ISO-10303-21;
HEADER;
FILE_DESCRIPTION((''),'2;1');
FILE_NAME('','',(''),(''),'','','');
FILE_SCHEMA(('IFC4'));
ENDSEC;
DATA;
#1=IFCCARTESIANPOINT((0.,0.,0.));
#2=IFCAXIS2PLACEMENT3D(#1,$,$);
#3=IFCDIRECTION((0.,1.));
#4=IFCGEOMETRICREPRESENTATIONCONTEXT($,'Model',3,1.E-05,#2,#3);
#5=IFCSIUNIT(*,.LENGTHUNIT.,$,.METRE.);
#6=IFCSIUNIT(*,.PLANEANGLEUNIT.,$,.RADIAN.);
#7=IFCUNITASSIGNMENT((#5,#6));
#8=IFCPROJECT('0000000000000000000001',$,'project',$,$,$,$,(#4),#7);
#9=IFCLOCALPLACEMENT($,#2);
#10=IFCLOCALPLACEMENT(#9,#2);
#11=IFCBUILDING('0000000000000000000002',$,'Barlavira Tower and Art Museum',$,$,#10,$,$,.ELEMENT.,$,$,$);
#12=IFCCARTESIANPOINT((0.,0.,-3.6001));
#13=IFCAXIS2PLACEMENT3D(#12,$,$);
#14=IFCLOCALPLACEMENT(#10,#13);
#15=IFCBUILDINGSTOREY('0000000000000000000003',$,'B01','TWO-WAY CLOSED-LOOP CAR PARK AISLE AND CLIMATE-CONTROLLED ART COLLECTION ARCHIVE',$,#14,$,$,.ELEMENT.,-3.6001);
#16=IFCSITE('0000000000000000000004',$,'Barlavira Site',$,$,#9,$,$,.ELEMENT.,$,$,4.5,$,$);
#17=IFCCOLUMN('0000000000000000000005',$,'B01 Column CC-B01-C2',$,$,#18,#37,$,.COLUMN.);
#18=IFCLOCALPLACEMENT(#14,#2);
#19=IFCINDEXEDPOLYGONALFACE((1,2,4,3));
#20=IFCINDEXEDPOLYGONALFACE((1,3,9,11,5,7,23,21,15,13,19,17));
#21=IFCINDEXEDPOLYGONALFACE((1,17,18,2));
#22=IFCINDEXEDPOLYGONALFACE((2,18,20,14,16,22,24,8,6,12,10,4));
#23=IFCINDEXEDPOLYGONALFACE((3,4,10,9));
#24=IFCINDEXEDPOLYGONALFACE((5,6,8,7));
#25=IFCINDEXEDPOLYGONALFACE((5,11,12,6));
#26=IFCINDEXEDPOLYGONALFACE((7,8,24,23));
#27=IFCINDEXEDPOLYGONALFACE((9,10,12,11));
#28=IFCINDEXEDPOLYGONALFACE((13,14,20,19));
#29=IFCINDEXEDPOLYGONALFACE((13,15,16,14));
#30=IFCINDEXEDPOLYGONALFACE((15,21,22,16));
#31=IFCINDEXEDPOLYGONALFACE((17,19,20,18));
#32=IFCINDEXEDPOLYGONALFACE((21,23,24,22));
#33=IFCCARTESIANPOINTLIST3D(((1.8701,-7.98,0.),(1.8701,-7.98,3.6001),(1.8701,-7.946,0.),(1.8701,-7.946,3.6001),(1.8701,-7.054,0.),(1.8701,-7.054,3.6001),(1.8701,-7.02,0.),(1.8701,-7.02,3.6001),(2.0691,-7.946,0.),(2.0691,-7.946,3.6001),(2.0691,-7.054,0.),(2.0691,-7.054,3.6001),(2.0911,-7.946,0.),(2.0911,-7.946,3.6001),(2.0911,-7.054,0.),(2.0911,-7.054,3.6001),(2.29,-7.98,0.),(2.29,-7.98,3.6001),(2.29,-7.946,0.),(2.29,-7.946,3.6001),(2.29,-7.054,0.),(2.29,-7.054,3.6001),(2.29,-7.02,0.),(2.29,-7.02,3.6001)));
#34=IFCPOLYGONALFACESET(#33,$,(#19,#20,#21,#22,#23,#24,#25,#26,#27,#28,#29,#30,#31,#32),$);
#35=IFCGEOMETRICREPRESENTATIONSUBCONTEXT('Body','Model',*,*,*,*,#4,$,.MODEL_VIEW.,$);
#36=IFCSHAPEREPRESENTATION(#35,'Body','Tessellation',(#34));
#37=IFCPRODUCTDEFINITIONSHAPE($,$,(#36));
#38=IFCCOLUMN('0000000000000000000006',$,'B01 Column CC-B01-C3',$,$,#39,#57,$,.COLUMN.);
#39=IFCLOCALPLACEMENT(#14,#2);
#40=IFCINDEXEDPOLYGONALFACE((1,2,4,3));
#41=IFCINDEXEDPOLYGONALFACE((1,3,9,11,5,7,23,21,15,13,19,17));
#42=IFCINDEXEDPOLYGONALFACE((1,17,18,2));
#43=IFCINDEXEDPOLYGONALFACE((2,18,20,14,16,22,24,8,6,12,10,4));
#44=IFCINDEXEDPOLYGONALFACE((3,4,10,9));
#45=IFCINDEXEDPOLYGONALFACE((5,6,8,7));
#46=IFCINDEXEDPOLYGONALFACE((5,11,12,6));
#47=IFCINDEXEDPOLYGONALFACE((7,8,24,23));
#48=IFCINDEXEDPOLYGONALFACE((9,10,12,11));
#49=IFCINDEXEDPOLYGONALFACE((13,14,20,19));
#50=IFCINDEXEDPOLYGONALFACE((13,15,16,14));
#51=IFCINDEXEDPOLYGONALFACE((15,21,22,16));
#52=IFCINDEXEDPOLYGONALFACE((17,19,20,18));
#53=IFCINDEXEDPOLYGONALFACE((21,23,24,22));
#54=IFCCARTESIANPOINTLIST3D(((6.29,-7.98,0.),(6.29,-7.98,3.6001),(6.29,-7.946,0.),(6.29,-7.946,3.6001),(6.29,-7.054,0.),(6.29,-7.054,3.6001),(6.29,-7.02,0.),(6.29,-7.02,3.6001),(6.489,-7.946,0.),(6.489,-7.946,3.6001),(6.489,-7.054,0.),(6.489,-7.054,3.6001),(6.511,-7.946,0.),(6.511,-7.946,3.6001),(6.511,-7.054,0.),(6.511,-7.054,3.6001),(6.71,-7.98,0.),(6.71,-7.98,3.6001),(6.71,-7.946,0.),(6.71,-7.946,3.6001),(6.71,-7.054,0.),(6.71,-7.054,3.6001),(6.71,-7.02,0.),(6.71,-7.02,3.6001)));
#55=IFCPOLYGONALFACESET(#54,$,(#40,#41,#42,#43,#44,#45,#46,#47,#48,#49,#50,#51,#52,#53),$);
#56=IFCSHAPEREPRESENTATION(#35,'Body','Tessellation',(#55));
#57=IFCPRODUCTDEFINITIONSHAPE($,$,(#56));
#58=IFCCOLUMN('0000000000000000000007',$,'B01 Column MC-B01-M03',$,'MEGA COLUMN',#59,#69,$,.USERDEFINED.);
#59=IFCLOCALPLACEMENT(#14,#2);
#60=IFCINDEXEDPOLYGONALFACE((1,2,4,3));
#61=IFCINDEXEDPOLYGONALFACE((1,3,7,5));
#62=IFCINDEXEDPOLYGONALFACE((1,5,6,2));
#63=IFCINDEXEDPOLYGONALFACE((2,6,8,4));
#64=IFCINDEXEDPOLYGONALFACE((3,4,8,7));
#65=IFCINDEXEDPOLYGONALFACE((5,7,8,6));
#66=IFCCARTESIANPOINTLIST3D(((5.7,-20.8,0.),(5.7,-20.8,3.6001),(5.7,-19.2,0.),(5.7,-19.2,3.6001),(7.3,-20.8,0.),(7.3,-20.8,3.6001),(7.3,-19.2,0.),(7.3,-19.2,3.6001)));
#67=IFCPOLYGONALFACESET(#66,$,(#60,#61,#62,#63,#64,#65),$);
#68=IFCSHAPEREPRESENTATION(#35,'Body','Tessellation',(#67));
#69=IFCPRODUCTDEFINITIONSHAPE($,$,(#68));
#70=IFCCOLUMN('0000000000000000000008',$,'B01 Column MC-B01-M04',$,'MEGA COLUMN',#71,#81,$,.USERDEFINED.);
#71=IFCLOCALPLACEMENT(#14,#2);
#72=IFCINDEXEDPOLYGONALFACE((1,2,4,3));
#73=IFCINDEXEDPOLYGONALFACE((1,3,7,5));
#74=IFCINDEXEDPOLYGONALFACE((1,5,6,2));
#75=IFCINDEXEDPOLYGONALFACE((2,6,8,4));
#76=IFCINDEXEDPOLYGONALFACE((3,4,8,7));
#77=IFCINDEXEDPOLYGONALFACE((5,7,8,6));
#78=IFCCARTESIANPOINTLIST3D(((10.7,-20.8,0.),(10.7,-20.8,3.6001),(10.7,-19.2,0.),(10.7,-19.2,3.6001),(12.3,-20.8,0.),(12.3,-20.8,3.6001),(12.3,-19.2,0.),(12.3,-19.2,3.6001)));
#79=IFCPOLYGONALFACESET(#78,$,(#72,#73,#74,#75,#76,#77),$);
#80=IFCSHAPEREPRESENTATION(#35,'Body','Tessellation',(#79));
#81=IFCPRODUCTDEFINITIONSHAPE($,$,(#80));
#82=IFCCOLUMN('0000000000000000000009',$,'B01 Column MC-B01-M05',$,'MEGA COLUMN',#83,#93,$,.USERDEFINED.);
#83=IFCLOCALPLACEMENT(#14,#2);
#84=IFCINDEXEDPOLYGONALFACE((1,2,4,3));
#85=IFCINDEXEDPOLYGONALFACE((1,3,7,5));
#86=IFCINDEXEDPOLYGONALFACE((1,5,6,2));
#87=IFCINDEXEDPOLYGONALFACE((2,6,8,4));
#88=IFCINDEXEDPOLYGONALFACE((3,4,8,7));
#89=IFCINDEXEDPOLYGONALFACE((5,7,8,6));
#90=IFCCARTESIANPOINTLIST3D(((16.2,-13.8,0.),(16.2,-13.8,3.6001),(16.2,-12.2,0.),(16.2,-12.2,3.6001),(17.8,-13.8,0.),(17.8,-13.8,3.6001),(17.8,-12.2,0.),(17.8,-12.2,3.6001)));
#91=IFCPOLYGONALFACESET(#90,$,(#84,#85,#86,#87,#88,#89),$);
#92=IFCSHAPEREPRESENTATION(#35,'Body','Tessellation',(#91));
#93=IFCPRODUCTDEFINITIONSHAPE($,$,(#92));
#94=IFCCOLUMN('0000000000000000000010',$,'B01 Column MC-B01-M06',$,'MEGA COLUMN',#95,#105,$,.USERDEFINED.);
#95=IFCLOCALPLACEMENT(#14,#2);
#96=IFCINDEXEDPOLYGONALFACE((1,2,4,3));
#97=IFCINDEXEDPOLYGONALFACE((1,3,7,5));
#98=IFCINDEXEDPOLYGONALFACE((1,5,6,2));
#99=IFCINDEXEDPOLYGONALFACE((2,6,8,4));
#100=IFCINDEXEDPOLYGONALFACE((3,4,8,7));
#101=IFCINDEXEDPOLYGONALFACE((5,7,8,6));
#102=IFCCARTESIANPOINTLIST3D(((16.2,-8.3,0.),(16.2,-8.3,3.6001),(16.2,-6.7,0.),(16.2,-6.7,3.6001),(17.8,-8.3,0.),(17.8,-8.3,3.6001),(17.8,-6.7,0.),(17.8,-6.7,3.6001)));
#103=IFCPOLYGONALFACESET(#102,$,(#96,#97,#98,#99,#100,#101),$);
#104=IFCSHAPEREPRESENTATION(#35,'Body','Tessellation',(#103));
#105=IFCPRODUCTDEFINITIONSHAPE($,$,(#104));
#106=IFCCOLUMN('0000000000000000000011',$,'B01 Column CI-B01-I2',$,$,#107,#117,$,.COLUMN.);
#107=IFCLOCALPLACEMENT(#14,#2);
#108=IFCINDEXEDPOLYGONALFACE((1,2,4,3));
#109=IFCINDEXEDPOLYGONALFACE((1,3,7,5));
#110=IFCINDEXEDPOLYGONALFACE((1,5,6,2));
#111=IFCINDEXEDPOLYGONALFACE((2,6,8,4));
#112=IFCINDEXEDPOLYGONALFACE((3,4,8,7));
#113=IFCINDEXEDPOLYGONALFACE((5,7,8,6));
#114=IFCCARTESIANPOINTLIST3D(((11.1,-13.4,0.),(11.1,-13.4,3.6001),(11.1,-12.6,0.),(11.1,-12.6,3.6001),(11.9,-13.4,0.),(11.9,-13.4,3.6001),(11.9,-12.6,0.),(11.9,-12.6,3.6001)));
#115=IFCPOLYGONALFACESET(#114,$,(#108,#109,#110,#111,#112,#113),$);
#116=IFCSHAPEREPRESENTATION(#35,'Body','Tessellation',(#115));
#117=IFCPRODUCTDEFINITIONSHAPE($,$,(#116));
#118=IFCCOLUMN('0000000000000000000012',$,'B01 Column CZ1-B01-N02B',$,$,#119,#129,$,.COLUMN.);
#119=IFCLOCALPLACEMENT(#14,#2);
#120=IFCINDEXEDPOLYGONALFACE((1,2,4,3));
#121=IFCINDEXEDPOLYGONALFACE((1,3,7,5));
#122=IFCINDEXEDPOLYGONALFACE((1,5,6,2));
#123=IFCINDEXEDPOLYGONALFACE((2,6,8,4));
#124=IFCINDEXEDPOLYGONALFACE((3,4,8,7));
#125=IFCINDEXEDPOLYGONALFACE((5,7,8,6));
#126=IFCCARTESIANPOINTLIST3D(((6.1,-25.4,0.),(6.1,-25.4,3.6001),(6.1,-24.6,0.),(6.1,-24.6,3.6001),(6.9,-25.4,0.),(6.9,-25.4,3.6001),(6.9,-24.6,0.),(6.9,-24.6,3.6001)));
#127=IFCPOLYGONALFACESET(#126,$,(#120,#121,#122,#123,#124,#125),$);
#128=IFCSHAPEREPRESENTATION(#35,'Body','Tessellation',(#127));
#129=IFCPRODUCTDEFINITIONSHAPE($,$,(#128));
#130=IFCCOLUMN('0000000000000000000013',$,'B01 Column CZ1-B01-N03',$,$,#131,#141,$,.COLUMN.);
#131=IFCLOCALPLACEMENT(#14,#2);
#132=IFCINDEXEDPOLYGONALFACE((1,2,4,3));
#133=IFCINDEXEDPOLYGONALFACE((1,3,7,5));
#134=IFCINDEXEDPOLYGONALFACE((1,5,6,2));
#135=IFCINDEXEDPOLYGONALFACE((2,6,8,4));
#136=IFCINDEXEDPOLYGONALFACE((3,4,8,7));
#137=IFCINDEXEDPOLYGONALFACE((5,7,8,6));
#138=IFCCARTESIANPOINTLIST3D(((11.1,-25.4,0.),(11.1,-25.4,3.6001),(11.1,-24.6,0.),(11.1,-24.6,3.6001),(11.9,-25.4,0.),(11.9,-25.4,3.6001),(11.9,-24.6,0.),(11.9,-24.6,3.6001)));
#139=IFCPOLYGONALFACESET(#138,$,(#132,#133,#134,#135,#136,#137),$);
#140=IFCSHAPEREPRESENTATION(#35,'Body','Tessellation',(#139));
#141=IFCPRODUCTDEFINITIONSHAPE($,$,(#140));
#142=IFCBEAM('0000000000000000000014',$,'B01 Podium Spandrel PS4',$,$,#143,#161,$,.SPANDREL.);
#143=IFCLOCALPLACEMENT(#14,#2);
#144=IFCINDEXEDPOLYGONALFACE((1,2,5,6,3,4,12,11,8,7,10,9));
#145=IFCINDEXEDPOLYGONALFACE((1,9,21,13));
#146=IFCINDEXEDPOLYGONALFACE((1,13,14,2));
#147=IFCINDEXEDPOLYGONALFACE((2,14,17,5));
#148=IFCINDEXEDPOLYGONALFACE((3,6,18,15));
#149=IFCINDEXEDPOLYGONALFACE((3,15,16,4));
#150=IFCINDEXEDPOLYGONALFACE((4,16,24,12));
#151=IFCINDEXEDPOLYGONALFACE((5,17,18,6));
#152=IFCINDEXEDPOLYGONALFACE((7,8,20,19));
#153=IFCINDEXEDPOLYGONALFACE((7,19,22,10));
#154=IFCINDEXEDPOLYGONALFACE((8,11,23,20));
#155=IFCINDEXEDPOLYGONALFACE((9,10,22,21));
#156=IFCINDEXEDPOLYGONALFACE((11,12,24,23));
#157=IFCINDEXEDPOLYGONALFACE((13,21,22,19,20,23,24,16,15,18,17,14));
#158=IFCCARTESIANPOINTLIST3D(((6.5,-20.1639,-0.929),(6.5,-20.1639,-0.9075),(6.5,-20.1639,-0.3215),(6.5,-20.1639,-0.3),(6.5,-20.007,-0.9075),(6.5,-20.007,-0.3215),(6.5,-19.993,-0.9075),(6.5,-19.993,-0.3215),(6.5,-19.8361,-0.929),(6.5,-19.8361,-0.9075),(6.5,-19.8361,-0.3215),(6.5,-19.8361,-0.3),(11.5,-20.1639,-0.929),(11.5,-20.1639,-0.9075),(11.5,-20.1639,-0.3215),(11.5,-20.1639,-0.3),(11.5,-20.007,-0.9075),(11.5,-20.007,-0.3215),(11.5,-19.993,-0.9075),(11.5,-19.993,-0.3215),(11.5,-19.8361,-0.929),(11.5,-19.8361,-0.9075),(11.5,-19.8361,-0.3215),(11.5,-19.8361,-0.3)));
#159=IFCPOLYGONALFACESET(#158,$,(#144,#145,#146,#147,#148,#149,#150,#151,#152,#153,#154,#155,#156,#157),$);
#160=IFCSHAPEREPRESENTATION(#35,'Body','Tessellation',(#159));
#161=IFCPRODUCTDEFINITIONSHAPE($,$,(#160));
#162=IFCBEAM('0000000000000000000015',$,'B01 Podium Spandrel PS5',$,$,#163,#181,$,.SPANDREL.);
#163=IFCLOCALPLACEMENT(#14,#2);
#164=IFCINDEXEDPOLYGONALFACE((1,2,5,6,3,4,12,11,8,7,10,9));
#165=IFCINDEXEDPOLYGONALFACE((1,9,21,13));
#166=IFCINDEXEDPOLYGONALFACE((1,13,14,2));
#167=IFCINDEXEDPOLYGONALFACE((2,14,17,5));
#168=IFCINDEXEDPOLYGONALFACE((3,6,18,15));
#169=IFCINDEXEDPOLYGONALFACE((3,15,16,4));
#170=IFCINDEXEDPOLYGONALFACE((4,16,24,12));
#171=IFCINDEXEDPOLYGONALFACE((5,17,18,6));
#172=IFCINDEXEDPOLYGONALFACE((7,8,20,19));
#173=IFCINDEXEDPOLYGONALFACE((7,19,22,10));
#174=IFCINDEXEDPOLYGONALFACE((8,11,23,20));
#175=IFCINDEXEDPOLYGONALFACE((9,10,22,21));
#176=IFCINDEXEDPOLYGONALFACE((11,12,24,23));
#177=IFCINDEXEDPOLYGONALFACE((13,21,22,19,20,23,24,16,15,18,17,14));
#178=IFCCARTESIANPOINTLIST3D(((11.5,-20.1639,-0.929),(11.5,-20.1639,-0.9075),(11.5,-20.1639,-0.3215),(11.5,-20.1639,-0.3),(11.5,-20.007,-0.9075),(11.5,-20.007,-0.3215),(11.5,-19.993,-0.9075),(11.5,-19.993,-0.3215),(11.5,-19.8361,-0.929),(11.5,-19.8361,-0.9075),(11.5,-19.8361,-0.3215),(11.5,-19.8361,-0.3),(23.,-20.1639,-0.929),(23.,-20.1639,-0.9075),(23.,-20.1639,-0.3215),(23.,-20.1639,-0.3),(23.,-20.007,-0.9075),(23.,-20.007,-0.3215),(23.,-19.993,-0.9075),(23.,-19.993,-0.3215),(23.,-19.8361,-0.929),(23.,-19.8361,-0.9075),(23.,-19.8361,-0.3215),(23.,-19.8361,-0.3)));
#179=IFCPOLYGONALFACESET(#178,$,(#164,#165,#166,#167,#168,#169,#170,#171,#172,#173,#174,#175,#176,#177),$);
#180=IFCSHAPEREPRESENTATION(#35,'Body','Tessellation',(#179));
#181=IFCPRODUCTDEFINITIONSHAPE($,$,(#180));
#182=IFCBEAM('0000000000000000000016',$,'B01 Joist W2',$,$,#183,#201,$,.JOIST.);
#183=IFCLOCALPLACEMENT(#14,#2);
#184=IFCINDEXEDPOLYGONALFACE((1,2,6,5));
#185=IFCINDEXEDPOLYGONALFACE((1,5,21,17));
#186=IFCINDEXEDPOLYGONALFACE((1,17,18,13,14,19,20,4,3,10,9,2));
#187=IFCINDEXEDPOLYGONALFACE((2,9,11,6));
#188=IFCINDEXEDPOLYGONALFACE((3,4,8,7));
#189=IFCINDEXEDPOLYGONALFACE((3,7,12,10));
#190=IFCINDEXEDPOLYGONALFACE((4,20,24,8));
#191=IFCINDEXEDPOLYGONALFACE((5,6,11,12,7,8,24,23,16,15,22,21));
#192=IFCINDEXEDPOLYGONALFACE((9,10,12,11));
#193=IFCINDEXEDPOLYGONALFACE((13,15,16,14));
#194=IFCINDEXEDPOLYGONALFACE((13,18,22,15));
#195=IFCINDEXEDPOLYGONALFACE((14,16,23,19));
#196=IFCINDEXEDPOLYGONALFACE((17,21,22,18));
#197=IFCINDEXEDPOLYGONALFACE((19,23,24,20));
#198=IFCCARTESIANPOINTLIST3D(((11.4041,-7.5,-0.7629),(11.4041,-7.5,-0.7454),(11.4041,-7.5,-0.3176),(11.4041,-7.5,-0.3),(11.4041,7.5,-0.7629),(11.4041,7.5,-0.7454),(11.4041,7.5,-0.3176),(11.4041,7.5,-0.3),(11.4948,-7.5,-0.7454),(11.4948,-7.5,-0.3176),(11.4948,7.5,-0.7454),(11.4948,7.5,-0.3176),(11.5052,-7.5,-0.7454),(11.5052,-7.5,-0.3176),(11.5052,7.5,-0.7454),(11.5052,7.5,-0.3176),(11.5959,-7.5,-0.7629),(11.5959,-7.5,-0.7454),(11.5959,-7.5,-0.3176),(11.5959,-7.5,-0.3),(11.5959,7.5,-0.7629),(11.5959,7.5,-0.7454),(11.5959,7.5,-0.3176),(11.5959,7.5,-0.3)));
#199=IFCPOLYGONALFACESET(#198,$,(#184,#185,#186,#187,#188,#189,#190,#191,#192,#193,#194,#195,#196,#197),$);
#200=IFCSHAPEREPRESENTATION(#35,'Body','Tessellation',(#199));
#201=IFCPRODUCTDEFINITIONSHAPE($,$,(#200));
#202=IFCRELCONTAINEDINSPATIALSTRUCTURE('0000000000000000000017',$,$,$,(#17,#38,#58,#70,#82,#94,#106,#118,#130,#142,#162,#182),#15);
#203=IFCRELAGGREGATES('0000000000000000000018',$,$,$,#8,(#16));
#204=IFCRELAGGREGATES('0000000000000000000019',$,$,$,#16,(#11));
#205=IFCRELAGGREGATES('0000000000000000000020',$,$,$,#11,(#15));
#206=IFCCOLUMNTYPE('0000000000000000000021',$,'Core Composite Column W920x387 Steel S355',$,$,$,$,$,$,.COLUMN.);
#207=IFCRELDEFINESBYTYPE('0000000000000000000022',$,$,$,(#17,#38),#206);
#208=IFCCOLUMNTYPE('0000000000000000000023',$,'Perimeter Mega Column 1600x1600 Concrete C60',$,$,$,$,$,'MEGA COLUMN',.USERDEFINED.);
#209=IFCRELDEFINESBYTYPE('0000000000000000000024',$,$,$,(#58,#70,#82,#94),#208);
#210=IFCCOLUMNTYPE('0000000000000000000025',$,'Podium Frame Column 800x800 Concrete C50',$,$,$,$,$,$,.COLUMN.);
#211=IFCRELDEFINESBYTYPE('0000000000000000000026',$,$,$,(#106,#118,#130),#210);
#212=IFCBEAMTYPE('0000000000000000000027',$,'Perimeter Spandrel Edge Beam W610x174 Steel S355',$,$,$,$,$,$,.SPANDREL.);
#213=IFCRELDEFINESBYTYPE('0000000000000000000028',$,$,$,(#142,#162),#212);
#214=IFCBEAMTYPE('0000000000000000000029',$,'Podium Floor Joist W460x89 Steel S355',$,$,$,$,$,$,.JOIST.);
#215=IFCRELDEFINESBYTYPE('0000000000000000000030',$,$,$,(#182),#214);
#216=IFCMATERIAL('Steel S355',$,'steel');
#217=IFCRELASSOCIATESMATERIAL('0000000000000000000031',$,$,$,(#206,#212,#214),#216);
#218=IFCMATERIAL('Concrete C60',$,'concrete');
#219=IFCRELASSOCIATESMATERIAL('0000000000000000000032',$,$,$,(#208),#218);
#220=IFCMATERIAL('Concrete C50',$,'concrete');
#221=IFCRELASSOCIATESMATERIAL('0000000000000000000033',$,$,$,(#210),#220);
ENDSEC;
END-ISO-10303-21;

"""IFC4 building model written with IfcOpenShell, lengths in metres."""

from ifc_helpers import new_model, si_unit, direction, frame, origin, origin_2d, place, context, subcontext, project, spatial, rectangle, i_section, extrude, material, material_profile, profile_set, type_object, element, save


model = new_model("IFC4")

# Units and contexts
model_context = context("Model", 3, precision=1e-05, world=origin(), true_north=direction((0.0, 1.0)))
body_context = subcontext(model_context, "Body", "Model", "MODEL_VIEW")
ifc_project = project(units=[si_unit("LENGTHUNIT", "METRE"), si_unit("PLANEANGLEUNIT", "RADIAN")], contexts=[model_context])

# Site, building, storey
site_placement = place(None, origin())
site = spatial("IfcSite", under=ifc_project, at=site_placement, Name="Barlavira Site", CompositionType="ELEMENT", RefElevation=4.5)
building_placement = place(site_placement, origin())
building = spatial("IfcBuilding", under=site, at=building_placement, Name="Barlavira Tower and Art Museum", CompositionType="ELEMENT")
storey_placement = place(building_placement, frame((0.0, 0.0, -3.6001)))
storey = spatial("IfcBuildingStorey", under=building, at=storey_placement, Name="B01", Description="TWO-WAY CLOSED-LOOP CAR PARK AISLE AND CLIMATE-CONTROLLED ART COLLECTION ARCHIVE", CompositionType="ELEMENT", Elevation=-3.6001)

# Columns
ifc_material_1 = material(Name="Steel S355", Category="steel")
ifc_material_profile_1 = material_profile(ifc_material_1, i_section(OverallWidth=0.4199, OverallDepth=0.96, WebThickness=0.022, FlangeThickness=0.0339, at=origin_2d()), Name="W920x387.0")
ifc_profile_set_1 = profile_set([ifc_material_profile_1], Name="Steel S355")
column_type_1 = type_object("IfcColumnType", Name="Core Composite Column W920x387 Steel S355", PredefinedType="COLUMN", material=ifc_profile_set_1)
for number, where, z_axis, x_axis, name in (
    (1, (2.0801, -7.5, 0.0), (0.0, 0.0, 1.0), (1.0, 0.0, 0.0), "B01 Column CC-B01-C2"),
    (2, (6.5, -7.5, 0.0), (0.0, 0.0, 1.0), (1.0, 0.0, 0.0), "B01 Column CC-B01-C3"),
):
    element("IfcColumn", number, at=place(storey_placement, frame(where, z_axis=z_axis, x_axis=x_axis)), inside=storey, type_object=column_type_1, Name=name, PredefinedType="COLUMN", context=body_context, shape_type="SweptSolid", body=[
        extrude(i_section(OverallWidth=0.4199, OverallDepth=0.96, WebThickness=0.022, FlangeThickness=0.0339, at=origin_2d()), origin(), (0.0, 0.0, 1.0), 3.6001),
    ])
ifc_material_2 = material(Name="Concrete C60", Category="concrete")
ifc_material_profile_2 = material_profile(ifc_material_2, rectangle(XDim=1.6001, YDim=1.6001, at=origin_2d()), Name="RC-MCOL 1600x1600")
ifc_profile_set_2 = profile_set([ifc_material_profile_2], Name="Concrete C60")
column_type_2 = type_object("IfcColumnType", Name="Perimeter Mega Column 1600x1600 Concrete C60", ElementType="MEGA COLUMN", PredefinedType="USERDEFINED", material=ifc_profile_set_2)
for number, where, z_axis, x_axis, name in (
    (3, (6.5, -20.0, 0.0), (0.0, 0.0, 1.0), (1.0, 0.0, 0.0), "B01 Column MC-B01-M03"),
    (4, (11.5, -20.0, 0.0), (0.0, 0.0, 1.0), (1.0, 0.0, 0.0), "B01 Column MC-B01-M04"),
    (5, (17.0, -13.0, 0.0), (0.0, 0.0, 1.0), (1.0, 0.0, 0.0), "B01 Column MC-B01-M05"),
    (6, (17.0, -7.5, 0.0), (0.0, 0.0, 1.0), (1.0, 0.0, 0.0), "B01 Column MC-B01-M06"),
):
    element("IfcColumn", number, at=place(storey_placement, frame(where, z_axis=z_axis, x_axis=x_axis)), inside=storey, type_object=column_type_2, Name=name, ObjectType="MEGA COLUMN", PredefinedType="USERDEFINED", context=body_context, shape_type="SweptSolid", body=[
        extrude(rectangle(XDim=1.6001, YDim=1.6001, at=origin_2d()), origin(), (0.0, 0.0, 1.0), 3.6001),
    ])
ifc_material_3 = material(Name="Concrete C50", Category="concrete")
ifc_material_profile_3 = material_profile(ifc_material_3, rectangle(XDim=0.8, YDim=0.8, at=origin_2d()), Name="RC-COL 800x800")
ifc_profile_set_3 = profile_set([ifc_material_profile_3], Name="Concrete C50")
column_type_3 = type_object("IfcColumnType", Name="Podium Frame Column 800x800 Concrete C50", PredefinedType="COLUMN", material=ifc_profile_set_3)
for number, where, z_axis, x_axis, name in (
    (7, (11.5, -13.0, 0.0), (0.0, 0.0, 1.0), (1.0, 0.0, 0.0), "B01 Column CI-B01-I2"),
    (8, (6.5, -25.0, 0.0), (0.0, 0.0, 1.0), (1.0, 0.0, 0.0), "B01 Column CZ1-B01-N02B"),
    (9, (11.5, -25.0, 0.0), (0.0, 0.0, 1.0), (1.0, 0.0, 0.0), "B01 Column CZ1-B01-N03"),
):
    element("IfcColumn", number, at=place(storey_placement, frame(where, z_axis=z_axis, x_axis=x_axis)), inside=storey, type_object=column_type_3, Name=name, PredefinedType="COLUMN", context=body_context, shape_type="SweptSolid", body=[
        extrude(rectangle(XDim=0.8, YDim=0.8, at=origin_2d()), origin(), (0.0, 0.0, 1.0), 3.6001),
    ])

# Beams
ifc_material_profile_4 = material_profile(ifc_material_1, i_section(OverallWidth=0.3279, OverallDepth=0.6289, WebThickness=0.0139, FlangeThickness=0.0215, at=origin_2d()), Name="W610x174.0")
ifc_profile_set_4 = profile_set([ifc_material_profile_4], Name="Steel S355")
beam_type_1 = type_object("IfcBeamType", Name="Perimeter Spandrel Edge Beam W610x174 Steel S355", PredefinedType="SPANDREL", material=ifc_profile_set_4)
beam_1_placement = place(storey_placement, frame((6.5, -20.0, -0.6145), z_axis=(1.0, 0.0, 0.0), x_axis=(0.0, 1.0, 0.0)))
element("IfcBeam", 10, at=beam_1_placement, inside=storey, type_object=beam_type_1, Name="B01 Podium Spandrel PS4", PredefinedType="SPANDREL", context=body_context, shape_type="SweptSolid", body=[
    extrude(i_section(OverallWidth=0.3279, OverallDepth=0.6289, WebThickness=0.0139, FlangeThickness=0.0215, at=origin_2d()), origin(), (0.0, 0.0, 1.0), 5.0),
])
beam_2_placement = place(storey_placement, frame((11.5, -20.0, -0.6145), z_axis=(1.0, 0.0, 0.0), x_axis=(0.0, 1.0, 0.0)))
element("IfcBeam", 11, at=beam_2_placement, inside=storey, type_object=beam_type_1, Name="B01 Podium Spandrel PS5", PredefinedType="SPANDREL", context=body_context, shape_type="SweptSolid", body=[
    extrude(i_section(OverallWidth=0.3279, OverallDepth=0.6289, WebThickness=0.0139, FlangeThickness=0.0215, at=origin_2d()), origin(), (0.0, 0.0, 1.0), 11.5),
])
ifc_material_profile_5 = material_profile(ifc_material_1, i_section(OverallWidth=0.1919, OverallDepth=0.4629, WebThickness=0.0105, FlangeThickness=0.0176, at=origin_2d()), Name="W460x89.0")
ifc_profile_set_5 = profile_set([ifc_material_profile_5], Name="Steel S355")
beam_type_2 = type_object("IfcBeamType", Name="Podium Floor Joist W460x89 Steel S355", PredefinedType="JOIST", material=ifc_profile_set_5)
beam_3_placement = place(storey_placement, frame((11.5, -7.5, -0.5315), z_axis=(0.0, 1.0, 0.0), x_axis=(-1.0, 0.0, 0.0)))
element("IfcBeam", 12, at=beam_3_placement, inside=storey, type_object=beam_type_2, Name="B01 Joist W2", PredefinedType="JOIST", context=body_context, shape_type="SweptSolid", body=[
    extrude(i_section(OverallWidth=0.1919, OverallDepth=0.4629, WebThickness=0.0105, FlangeThickness=0.0176, at=origin_2d()), origin(), (0.0, 0.0, 1.0), 15.0),
])

save(model, "model.ifc")
